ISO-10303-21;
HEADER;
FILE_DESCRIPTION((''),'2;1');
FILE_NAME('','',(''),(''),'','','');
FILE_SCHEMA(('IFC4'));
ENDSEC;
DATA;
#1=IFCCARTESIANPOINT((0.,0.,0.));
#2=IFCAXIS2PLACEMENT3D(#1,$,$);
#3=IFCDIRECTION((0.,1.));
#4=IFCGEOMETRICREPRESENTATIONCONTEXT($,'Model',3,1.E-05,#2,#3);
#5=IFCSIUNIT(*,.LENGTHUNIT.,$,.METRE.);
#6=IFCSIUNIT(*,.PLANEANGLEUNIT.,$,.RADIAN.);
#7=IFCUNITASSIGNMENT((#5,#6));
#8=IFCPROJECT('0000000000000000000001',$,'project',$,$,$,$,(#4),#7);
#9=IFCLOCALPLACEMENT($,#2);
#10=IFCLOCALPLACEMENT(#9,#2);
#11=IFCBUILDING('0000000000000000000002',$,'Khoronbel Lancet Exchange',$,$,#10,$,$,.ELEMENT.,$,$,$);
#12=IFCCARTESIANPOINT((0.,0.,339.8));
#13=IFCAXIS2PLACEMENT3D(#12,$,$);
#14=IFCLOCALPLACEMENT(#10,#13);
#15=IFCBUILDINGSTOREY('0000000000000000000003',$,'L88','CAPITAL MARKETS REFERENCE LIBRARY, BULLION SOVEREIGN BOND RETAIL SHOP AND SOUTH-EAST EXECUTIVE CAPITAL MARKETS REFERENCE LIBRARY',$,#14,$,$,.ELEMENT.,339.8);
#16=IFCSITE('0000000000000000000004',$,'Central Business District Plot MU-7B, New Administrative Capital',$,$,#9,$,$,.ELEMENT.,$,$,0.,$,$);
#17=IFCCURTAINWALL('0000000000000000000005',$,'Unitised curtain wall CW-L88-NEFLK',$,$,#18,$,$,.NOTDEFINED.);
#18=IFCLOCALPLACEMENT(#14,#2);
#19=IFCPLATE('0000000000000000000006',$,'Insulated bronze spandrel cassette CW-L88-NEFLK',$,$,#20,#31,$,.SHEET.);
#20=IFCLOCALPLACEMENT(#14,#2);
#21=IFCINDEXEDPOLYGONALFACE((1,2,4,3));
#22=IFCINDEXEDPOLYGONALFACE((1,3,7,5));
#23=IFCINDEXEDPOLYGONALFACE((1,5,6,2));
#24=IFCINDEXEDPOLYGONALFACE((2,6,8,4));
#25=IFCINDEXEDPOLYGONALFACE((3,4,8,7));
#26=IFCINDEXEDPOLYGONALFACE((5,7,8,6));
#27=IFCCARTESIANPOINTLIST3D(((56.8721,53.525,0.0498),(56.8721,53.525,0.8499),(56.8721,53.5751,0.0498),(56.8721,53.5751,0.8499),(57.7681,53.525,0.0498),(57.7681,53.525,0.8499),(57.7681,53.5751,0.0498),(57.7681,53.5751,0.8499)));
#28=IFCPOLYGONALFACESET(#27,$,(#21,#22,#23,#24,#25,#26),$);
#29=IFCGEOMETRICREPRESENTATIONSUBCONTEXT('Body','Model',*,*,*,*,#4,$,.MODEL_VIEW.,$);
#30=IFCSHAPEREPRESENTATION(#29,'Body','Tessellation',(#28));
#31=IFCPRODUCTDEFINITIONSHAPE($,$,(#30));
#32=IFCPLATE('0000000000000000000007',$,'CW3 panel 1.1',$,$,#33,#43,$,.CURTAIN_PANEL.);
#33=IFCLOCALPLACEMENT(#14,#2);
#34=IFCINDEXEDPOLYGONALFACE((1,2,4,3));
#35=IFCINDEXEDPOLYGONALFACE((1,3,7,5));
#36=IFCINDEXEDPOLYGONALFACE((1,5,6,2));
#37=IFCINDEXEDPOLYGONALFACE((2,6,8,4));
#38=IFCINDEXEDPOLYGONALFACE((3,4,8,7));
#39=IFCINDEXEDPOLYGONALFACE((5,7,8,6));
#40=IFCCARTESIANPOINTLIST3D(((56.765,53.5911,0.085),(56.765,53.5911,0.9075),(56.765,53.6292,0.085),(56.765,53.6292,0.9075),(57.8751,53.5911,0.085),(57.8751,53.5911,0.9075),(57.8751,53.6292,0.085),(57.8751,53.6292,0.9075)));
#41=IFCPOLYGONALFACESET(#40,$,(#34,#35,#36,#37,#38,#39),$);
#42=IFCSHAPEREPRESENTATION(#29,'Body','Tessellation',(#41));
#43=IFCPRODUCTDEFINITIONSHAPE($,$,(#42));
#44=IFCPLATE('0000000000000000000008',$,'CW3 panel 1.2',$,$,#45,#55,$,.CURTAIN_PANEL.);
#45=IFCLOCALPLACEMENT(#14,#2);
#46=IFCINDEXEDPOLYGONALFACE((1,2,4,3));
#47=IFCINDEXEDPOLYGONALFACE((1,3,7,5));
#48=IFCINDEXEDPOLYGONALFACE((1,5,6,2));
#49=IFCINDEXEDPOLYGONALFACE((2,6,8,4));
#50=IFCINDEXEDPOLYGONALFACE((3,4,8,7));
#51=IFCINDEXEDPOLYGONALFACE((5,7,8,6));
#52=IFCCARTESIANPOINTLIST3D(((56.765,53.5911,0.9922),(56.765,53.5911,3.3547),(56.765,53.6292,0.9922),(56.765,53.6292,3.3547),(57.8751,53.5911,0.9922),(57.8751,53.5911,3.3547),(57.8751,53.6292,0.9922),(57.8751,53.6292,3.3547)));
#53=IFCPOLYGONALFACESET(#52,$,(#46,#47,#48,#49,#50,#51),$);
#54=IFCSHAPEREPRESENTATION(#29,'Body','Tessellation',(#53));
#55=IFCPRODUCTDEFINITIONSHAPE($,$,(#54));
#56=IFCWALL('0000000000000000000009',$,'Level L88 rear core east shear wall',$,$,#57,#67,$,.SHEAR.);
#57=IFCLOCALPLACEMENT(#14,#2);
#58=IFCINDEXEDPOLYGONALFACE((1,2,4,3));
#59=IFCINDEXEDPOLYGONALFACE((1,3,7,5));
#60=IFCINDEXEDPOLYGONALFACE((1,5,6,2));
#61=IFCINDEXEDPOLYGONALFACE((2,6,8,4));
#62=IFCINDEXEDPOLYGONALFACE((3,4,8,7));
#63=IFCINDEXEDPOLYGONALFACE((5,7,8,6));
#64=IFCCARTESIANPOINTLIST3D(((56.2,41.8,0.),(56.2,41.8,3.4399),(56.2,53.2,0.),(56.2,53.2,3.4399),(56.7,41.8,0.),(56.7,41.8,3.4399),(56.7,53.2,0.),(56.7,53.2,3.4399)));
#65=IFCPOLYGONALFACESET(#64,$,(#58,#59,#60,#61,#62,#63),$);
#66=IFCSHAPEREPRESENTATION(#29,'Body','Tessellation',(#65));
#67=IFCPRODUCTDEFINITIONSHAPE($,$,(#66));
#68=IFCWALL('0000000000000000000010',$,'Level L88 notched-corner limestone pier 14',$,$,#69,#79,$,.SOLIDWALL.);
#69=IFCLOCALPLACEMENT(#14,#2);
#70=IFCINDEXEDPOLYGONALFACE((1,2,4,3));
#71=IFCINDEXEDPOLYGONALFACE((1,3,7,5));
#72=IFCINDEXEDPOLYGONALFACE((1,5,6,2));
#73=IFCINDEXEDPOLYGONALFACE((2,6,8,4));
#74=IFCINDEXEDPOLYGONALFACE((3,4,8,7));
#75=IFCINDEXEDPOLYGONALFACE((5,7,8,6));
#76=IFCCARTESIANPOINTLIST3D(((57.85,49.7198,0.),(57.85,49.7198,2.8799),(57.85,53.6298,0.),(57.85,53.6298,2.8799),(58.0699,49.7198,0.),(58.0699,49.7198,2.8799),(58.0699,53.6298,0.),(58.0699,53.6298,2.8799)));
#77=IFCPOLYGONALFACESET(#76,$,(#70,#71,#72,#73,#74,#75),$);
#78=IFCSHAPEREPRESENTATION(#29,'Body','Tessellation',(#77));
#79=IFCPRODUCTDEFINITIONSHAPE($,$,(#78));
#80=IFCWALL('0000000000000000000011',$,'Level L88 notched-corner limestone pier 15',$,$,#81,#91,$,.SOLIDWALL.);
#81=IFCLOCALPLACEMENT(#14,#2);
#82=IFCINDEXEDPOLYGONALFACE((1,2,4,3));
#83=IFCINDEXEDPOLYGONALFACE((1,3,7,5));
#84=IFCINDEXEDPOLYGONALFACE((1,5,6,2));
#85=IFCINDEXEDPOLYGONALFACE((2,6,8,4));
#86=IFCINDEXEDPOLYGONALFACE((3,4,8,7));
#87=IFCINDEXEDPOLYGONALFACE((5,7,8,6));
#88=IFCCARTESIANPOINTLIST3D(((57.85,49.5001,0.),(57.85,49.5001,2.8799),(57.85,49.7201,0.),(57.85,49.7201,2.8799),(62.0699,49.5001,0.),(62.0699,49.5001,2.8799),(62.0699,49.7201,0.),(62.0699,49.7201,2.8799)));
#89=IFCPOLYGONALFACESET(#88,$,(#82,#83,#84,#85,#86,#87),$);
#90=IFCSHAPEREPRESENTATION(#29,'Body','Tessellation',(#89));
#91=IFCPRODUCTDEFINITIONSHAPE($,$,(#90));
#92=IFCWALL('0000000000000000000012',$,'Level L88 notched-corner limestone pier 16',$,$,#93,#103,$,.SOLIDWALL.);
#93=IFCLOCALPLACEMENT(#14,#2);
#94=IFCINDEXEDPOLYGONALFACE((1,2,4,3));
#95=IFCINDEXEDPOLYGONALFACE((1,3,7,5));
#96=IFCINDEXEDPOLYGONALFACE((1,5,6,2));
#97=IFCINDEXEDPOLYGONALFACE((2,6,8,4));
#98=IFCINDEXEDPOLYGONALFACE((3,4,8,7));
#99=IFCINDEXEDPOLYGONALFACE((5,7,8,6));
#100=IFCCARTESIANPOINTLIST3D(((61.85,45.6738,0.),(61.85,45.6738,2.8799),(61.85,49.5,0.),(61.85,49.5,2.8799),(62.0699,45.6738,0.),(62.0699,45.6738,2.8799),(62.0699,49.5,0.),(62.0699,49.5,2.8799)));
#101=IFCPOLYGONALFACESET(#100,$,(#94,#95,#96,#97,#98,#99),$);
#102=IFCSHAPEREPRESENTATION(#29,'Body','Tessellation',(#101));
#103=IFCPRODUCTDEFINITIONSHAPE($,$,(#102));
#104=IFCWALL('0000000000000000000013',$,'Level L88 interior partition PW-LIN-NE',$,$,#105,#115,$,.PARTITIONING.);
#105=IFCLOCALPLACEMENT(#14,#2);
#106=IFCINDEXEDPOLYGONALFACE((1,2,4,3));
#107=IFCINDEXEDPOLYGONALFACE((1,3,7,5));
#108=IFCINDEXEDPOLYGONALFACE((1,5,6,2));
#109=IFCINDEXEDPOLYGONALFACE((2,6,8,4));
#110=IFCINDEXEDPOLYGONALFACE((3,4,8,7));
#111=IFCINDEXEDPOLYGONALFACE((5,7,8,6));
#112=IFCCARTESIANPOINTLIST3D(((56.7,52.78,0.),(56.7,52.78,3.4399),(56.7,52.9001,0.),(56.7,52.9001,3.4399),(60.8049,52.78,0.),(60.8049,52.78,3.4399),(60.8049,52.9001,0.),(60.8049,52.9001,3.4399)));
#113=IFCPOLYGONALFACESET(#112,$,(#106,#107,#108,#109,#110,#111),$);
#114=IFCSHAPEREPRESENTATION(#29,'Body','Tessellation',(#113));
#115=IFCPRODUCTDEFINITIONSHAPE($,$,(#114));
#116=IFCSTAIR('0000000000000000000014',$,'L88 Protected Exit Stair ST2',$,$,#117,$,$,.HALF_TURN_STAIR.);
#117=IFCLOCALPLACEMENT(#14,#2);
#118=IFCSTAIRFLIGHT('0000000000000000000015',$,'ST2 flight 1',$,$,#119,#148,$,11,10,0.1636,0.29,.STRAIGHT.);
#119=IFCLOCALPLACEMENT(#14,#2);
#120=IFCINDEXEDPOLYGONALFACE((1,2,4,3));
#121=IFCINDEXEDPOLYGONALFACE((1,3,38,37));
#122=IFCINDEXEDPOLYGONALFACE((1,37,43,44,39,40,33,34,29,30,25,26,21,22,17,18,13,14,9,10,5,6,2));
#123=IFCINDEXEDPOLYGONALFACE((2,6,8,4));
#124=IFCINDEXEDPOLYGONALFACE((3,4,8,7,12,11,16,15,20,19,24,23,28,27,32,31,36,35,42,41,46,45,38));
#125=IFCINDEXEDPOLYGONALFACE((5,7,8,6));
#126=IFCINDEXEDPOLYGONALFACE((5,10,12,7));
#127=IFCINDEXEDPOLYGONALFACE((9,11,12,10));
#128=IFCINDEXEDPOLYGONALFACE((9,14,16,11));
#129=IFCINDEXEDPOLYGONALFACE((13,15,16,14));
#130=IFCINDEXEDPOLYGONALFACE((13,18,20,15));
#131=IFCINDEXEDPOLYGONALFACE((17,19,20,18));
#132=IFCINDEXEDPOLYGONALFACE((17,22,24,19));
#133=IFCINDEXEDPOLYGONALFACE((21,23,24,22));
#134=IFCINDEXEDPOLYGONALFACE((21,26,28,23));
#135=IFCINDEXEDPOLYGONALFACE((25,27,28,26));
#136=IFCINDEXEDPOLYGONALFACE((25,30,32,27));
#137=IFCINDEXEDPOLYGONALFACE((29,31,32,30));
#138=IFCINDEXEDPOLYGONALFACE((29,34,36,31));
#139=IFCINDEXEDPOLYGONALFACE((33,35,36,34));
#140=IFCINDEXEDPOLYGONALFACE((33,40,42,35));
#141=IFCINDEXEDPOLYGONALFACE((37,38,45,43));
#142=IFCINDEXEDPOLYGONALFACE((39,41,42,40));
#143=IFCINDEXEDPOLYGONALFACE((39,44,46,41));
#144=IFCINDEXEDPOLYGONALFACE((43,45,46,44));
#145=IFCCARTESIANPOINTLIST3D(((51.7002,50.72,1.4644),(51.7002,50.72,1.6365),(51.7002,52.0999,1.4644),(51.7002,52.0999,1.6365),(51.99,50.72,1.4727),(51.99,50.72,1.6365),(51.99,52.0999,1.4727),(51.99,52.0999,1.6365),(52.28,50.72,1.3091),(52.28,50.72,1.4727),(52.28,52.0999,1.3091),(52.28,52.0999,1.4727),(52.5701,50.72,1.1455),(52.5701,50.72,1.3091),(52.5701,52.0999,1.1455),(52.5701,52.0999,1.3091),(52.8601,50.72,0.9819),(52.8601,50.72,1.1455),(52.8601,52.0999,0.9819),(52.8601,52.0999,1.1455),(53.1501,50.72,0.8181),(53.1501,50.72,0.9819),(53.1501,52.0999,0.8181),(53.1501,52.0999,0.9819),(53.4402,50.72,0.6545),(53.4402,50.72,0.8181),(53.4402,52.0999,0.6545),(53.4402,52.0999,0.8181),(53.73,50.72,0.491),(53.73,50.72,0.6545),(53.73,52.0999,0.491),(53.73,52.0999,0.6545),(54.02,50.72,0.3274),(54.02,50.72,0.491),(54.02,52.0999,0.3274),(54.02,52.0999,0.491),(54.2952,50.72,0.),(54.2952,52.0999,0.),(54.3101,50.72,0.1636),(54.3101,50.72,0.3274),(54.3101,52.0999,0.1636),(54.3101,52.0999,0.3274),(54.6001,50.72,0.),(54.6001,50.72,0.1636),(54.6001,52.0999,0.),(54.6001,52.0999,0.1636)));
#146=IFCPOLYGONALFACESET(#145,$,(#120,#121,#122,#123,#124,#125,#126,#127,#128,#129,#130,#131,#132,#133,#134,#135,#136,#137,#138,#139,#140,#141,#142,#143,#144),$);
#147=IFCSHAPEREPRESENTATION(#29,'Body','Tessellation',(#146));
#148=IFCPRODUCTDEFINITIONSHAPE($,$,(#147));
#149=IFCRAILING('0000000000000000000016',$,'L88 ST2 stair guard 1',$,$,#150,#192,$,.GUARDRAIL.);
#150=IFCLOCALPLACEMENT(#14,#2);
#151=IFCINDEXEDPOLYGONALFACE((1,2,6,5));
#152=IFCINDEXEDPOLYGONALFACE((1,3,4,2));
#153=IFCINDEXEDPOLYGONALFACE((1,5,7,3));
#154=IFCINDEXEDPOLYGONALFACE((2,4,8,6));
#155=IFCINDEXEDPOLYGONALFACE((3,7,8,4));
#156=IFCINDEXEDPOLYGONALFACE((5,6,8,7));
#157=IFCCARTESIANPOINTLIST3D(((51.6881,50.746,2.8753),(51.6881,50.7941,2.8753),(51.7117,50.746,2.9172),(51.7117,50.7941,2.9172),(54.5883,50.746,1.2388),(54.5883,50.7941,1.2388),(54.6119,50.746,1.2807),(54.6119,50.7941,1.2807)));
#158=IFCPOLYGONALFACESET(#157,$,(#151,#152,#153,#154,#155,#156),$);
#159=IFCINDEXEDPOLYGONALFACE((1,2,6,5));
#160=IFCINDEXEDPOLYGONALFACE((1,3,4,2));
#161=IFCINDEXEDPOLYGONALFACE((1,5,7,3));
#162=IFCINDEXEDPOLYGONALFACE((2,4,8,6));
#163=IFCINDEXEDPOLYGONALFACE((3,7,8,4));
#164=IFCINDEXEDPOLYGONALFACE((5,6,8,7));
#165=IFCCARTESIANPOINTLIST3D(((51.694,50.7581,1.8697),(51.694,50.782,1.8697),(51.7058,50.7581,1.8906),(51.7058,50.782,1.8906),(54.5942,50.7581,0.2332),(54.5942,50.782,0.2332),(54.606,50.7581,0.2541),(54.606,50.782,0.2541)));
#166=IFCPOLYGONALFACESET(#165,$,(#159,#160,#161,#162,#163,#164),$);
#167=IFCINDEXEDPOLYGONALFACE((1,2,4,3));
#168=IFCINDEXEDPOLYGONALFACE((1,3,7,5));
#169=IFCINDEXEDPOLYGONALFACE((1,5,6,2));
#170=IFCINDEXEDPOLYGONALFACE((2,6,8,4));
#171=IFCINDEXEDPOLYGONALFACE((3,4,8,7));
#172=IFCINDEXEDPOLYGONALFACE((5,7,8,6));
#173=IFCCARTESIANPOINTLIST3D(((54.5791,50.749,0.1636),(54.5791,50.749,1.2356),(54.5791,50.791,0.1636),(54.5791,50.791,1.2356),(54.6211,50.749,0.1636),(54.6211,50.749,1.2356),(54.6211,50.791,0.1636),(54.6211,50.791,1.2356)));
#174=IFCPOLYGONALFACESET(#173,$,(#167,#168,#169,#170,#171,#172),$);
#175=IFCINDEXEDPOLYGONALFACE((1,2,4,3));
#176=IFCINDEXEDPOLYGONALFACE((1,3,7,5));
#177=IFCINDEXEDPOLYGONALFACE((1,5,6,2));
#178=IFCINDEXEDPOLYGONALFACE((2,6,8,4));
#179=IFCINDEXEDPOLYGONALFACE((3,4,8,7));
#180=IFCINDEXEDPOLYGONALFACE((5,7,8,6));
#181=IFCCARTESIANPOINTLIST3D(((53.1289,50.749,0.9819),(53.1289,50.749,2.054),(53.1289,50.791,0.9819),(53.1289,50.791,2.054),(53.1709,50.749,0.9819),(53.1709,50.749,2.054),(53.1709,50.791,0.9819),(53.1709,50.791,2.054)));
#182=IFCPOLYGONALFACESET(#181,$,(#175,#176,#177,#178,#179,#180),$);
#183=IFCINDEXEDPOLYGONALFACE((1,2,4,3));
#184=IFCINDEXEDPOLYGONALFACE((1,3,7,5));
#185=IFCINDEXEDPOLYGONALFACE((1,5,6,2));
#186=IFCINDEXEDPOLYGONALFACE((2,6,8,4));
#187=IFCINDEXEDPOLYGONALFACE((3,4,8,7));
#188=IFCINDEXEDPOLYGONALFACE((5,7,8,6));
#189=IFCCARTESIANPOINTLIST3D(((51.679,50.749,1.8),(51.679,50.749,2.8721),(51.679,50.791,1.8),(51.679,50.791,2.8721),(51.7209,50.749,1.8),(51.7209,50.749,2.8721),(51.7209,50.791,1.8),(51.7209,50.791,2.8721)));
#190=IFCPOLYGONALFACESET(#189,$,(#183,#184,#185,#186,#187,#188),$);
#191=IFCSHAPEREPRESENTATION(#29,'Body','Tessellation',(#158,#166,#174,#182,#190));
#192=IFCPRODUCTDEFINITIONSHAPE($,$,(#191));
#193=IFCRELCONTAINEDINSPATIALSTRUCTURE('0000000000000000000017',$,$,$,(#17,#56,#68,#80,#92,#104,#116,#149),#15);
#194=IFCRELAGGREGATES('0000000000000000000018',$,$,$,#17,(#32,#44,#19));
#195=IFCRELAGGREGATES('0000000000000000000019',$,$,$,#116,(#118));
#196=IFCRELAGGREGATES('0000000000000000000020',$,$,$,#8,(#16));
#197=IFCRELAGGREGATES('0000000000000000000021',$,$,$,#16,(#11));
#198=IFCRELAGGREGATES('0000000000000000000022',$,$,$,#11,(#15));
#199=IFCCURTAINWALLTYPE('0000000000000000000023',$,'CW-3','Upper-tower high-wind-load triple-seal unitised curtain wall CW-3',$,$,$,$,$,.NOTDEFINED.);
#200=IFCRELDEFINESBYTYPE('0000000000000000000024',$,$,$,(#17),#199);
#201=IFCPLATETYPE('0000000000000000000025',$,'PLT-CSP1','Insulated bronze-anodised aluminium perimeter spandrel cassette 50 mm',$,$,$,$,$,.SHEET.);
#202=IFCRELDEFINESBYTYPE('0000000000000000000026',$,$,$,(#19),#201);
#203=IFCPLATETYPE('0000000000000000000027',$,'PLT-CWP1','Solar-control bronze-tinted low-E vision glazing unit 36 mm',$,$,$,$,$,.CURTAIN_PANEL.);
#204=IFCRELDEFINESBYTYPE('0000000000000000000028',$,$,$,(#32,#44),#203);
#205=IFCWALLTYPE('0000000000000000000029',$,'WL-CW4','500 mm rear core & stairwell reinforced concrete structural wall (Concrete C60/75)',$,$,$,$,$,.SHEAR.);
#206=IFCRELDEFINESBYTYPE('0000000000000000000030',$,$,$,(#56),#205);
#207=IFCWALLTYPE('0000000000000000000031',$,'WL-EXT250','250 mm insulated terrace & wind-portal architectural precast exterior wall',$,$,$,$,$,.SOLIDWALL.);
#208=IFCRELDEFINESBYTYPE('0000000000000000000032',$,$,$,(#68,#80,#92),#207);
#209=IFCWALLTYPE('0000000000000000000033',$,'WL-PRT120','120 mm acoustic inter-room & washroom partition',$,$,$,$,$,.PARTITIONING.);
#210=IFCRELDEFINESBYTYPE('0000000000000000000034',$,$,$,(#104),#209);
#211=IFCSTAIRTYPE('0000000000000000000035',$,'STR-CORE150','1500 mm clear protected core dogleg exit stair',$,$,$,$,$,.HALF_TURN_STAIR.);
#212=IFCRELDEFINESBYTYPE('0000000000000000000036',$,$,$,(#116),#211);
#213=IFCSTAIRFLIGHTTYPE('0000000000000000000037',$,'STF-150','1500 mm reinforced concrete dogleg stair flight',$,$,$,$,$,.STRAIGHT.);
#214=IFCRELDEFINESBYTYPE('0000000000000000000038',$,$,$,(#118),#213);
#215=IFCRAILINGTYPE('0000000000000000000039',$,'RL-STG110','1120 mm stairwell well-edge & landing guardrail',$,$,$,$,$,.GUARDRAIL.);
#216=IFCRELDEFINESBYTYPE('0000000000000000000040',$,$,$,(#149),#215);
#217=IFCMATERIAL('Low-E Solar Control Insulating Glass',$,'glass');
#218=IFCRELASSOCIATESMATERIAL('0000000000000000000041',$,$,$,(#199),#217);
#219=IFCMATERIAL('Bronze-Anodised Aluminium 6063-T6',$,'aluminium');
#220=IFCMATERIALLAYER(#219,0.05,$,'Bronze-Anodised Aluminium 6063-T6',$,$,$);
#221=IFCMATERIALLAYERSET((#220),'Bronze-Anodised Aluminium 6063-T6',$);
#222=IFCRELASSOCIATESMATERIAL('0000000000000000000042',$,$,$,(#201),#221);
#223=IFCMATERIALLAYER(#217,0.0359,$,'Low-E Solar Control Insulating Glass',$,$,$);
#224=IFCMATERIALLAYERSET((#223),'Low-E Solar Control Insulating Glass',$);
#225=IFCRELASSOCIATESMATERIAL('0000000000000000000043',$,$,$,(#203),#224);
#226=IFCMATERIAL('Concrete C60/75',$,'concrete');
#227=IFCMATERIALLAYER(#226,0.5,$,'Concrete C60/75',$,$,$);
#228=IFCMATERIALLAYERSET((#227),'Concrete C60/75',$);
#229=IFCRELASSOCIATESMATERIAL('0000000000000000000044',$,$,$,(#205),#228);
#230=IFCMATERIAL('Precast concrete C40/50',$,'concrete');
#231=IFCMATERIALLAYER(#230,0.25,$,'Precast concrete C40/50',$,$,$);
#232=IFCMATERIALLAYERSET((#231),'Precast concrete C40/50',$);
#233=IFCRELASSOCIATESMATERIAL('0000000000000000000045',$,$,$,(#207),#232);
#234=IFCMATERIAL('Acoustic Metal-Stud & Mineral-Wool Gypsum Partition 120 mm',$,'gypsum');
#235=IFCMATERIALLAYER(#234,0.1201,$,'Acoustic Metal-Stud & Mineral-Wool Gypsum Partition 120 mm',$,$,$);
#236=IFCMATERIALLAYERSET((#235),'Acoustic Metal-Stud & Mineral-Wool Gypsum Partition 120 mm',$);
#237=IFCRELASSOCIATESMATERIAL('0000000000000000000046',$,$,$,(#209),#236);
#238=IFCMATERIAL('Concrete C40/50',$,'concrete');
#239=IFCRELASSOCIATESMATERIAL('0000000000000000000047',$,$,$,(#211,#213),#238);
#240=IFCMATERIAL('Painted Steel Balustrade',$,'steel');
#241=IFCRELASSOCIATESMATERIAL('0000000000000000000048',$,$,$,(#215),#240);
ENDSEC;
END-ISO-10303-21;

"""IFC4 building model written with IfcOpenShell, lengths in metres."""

from ifc_helpers import new_model, si_unit, direction, frame, frame_2d, origin, origin_2d, place, context, subcontext, project, spatial, polyline, rectangle, outline, extrude, material, layer, layer_set, type_object, element, aggregate, save


model = new_model("IFC4")

# Units and contexts
model_context = context("Model", 3, precision=1e-05, world=origin(), true_north=direction((0.0, 1.0)))
body_context = subcontext(model_context, "Body", "Model", "MODEL_VIEW")
ifc_project = project(units=[si_unit("LENGTHUNIT", "METRE"), si_unit("PLANEANGLEUNIT", "RADIAN")], contexts=[model_context])

# Site, building, storey
site_placement = place(None, origin())
site = spatial("IfcSite", under=ifc_project, at=site_placement, Name="Central Business District Plot MU-7B, New Administrative Capital", CompositionType="ELEMENT", RefElevation=0.0)
building_placement = place(site_placement, origin())
building = spatial("IfcBuilding", under=site, at=building_placement, Name="Khoronbel Lancet Exchange", CompositionType="ELEMENT")
storey_placement = place(building_placement, frame((0.0, 0.0, 339.8)))
storey = spatial("IfcBuildingStorey", under=building, at=storey_placement, Name="L88", Description="CAPITAL MARKETS REFERENCE LIBRARY, BULLION SOVEREIGN BOND RETAIL SHOP AND SOUTH-EAST EXECUTIVE CAPITAL MARKETS REFERENCE LIBRARY", CompositionType="ELEMENT", Elevation=339.8)

# Curtain wall, plates
ifc_material_1 = material(Name="Low-E Solar Control Insulating Glass", Category="glass")
curtain_wall_type = type_object("IfcCurtainWallType", Name="CW-3", Description="Upper-tower high-wind-load triple-seal unitised curtain wall CW-3", PredefinedType="NOTDEFINED", material=ifc_material_1)
curtain_wall_placement = place(storey_placement, origin())
curtain_wall = element("IfcCurtainWall", 1, at=curtain_wall_placement, inside=storey, type_object=curtain_wall_type, Name="Unitised curtain wall CW-L88-NEFLK", PredefinedType="NOTDEFINED")
ifc_material_2 = material(Name="Bronze-Anodised Aluminium 6063-T6", Category="aluminium")
ifc_layer_1 = layer(ifc_material_2, 0.05, Name="Bronze-Anodised Aluminium 6063-T6")
ifc_layer_set_1 = layer_set([ifc_layer_1], Name="Bronze-Anodised Aluminium 6063-T6")
plate_type_1 = type_object("IfcPlateType", Name="PLT-CSP1", Description="Insulated bronze-anodised aluminium perimeter spandrel cassette 50 mm", PredefinedType="SHEET", material=ifc_layer_set_1)
plate_1_placement = place(storey_placement, frame((57.3201, 53.55, 0.0498), z_axis=(0.0, 0.0, 1.0), x_axis=(-1.0, 0.0, 0.0)))
plate_1 = element("IfcPlate", 2, at=plate_1_placement, type_object=plate_type_1, Name="Insulated bronze spandrel cassette CW-L88-NEFLK", PredefinedType="SHEET", context=body_context, shape_type="SweptSolid", body=[
    extrude(rectangle(XDim=0.896, YDim=0.05, at=origin_2d()), origin(), (0.0, 0.0, 1.0), 0.8),
])
ifc_layer_2 = layer(ifc_material_1, 0.0359, Name="Low-E Solar Control Insulating Glass")
ifc_layer_set_2 = layer_set([ifc_layer_2], Name="Low-E Solar Control Insulating Glass")
plate_type_2 = type_object("IfcPlateType", Name="PLT-CWP1", Description="Solar-control bronze-tinted low-E vision glazing unit 36 mm", PredefinedType="CURTAIN_PANEL", material=ifc_layer_set_2)
plate_2_placement = place(storey_placement, frame((57.3201, 53.6101, 0.085), z_axis=(0.0, 0.0, 1.0), x_axis=(-1.0, 0.0, 0.0)))
plate_2 = element("IfcPlate", 3, at=plate_2_placement, type_object=plate_type_2, Name="CW3 panel 1.1", PredefinedType="CURTAIN_PANEL", context=body_context, shape_type="SweptSolid", body=[
    extrude(rectangle(XDim=1.1101, YDim=0.0381, at=origin_2d()), origin(), (0.0, 0.0, 1.0), 0.8225),
])
plate_3_placement = place(storey_placement, frame((57.3201, 53.6101, 0.9922), z_axis=(0.0, 0.0, 1.0), x_axis=(-1.0, 0.0, 0.0)))
plate_3 = element("IfcPlate", 4, at=plate_3_placement, type_object=plate_type_2, Name="CW3 panel 1.2", PredefinedType="CURTAIN_PANEL", context=body_context, shape_type="SweptSolid", body=[
    extrude(rectangle(XDim=1.1101, YDim=0.0381, at=origin_2d()), origin(), (0.0, 0.0, 1.0), 2.3625),
])
aggregate(curtain_wall, [plate_2, plate_3, plate_1])

# Walls
ifc_material_3 = material(Name="Concrete C60/75", Category="concrete")
ifc_layer_3 = layer(ifc_material_3, 0.5, Name="Concrete C60/75")
ifc_layer_set_3 = layer_set([ifc_layer_3], Name="Concrete C60/75")
wall_type_1 = type_object("IfcWallType", Name="WL-CW4", Description="500 mm rear core & stairwell reinforced concrete structural wall (Concrete C60/75)", PredefinedType="SHEAR", material=ifc_layer_set_3)
wall_1_placement = place(storey_placement, frame((56.45, 53.2, 0.0), z_axis=(0.0, 0.0, 1.0), x_axis=(0.0, -1.0, 0.0)))
element("IfcWall", 5, at=wall_1_placement, inside=storey, type_object=wall_type_1, Name="Level L88 rear core east shear wall", PredefinedType="SHEAR", context=body_context, shape_type="SweptSolid", body=[
    extrude(rectangle(XDim=11.3999, YDim=0.5, at=frame_2d((5.7, 0.0))), origin(), (0.0, 0.0, 1.0), 3.4399),
])
ifc_material_4 = material(Name="Precast concrete C40/50", Category="concrete")
ifc_layer_4 = layer(ifc_material_4, 0.25, Name="Precast concrete C40/50")
ifc_layer_set_4 = layer_set([ifc_layer_4], Name="Precast concrete C40/50")
wall_type_2 = type_object("IfcWallType", Name="WL-EXT250", Description="250 mm insulated terrace & wind-portal architectural precast exterior wall", PredefinedType="SOLIDWALL", material=ifc_layer_set_4)
wall_2_placement = place(storey_placement, frame((57.96, 53.6299, 0.0), z_axis=(0.0, 0.0, 1.0), x_axis=(0.0, -1.0, 0.0)))
element("IfcWall", 6, at=wall_2_placement, inside=storey, type_object=wall_type_2, Name="Level L88 notched-corner limestone pier 14", PredefinedType="SOLIDWALL", context=body_context, shape_type="SweptSolid", body=[
    extrude(rectangle(XDim=3.9099, YDim=0.22, at=frame_2d((1.9551, 0.0))), origin(), (0.0, 0.0, 1.0), 2.8799),
])
wall_3_placement = place(storey_placement, frame((57.8501, 49.6101, 0.0), z_axis=(0.0, 0.0, 1.0), x_axis=(1.0, 0.0, 0.0)))
element("IfcWall", 7, at=wall_3_placement, inside=storey, type_object=wall_type_2, Name="Level L88 notched-corner limestone pier 15", PredefinedType="SOLIDWALL", context=body_context, shape_type="SweptSolid", body=[
    extrude(rectangle(XDim=4.22, YDim=0.22, at=frame_2d((2.1099, 0.0))), origin(), (0.0, 0.0, 1.0), 2.8799),
])
wall_4_placement = place(storey_placement, frame((61.96, 49.5, 0.0), z_axis=(0.0, 0.0, 1.0), x_axis=(0.0, -1.0, 0.0)))
element("IfcWall", 8, at=wall_4_placement, inside=storey, type_object=wall_type_2, Name="Level L88 notched-corner limestone pier 16", PredefinedType="SOLIDWALL", context=body_context, shape_type="SweptSolid", body=[
    extrude(rectangle(XDim=3.8262, YDim=0.22, at=frame_2d((1.9131, 0.0))), origin(), (0.0, 0.0, 1.0), 2.8799),
])
ifc_material_5 = material(Name="Acoustic Metal-Stud & Mineral-Wool Gypsum Partition 120 mm", Category="gypsum")
ifc_layer_5 = layer(ifc_material_5, 0.1201, Name="Acoustic Metal-Stud & Mineral-Wool Gypsum Partition 120 mm")
ifc_layer_set_5 = layer_set([ifc_layer_5], Name="Acoustic Metal-Stud & Mineral-Wool Gypsum Partition 120 mm")
wall_type_3 = type_object("IfcWallType", Name="WL-PRT120", Description="120 mm acoustic inter-room & washroom partition", PredefinedType="PARTITIONING", material=ifc_layer_set_5)
wall_5_placement = place(storey_placement, frame((56.7, 52.8401, 0.0), z_axis=(0.0, 0.0, 1.0), x_axis=(1.0, 0.0, 0.0)))
element("IfcWall", 9, at=wall_5_placement, inside=storey, type_object=wall_type_3, Name="Level L88 interior partition PW-LIN-NE", PredefinedType="PARTITIONING", context=body_context, shape_type="SweptSolid", body=[
    extrude(rectangle(XDim=4.105, YDim=0.1201, at=frame_2d((2.0525, 0.0))), origin(), (0.0, 0.0, 1.0), 3.4399),
])

# Stair, stair flight
ifc_material_6 = material(Name="Concrete C40/50", Category="concrete")
stair_type = type_object("IfcStairType", Name="STR-CORE150", Description="1500 mm clear protected core dogleg exit stair", PredefinedType="HALF_TURN_STAIR", material=ifc_material_6)
stair_placement = place(storey_placement, origin())
stair = element("IfcStair", 10, at=stair_placement, inside=storey, type_object=stair_type, Name="L88 Protected Exit Stair ST2", PredefinedType="HALF_TURN_STAIR")
stair_flight_type = type_object("IfcStairFlightType", Name="STF-150", Description="1500 mm reinforced concrete dogleg stair flight", PredefinedType="STRAIGHT", material=ifc_material_6)
stair_flight_placement = place(storey_placement, frame((54.6001, 51.4099, 0.0), z_axis=(0.0, 0.0, 1.0), x_axis=(-1.0, 0.0, 0.0)))
stair_flight = element("IfcStairFlight", 11, at=stair_flight_placement, type_object=stair_flight_type, Name="ST2 flight 1", NumberOfRisers=11, NumberOfTreads=10, PredefinedType="STRAIGHT", RiserHeight=0.1636, TreadLength=0.29, context=body_context, shape_type="SweptSolid", body=[
    extrude(outline(polyline([(0.0, 0.0), (0.0, 0.1636), (0.29, 0.1636), (0.29, 0.3274), (0.5801, 0.3274), (0.5801, 0.491), (0.8701, 0.491), (0.8701, 0.6545), (1.1599, 0.6545), (1.1599, 0.8181), (1.45, 0.8181), (1.45, 0.9819), (1.74, 0.9819), (1.74, 1.1455), (2.03, 1.1455), (2.03, 1.3091), (2.3201, 1.3091), (2.3201, 1.4727), (2.6101, 1.4727), (2.6101, 1.6365), (2.8999, 1.6365), (2.8999, 1.8), (2.8999, 1.4644), (0.3049, 0.0), (0.0, 0.0)])), frame((0.0, 0.6899, 0.0), z_axis=(0.0, -1.0, 0.0), x_axis=(1.0, 0.0, 0.0)), (0.0, 0.0, 1.0), 1.3799),
])
aggregate(stair, [stair_flight])

# Railing
ifc_material_7 = material(Name="Painted Steel Balustrade", Category="steel")
railing_type_1 = type_object("IfcRailingType", Name="RL-STG110", Description="1120 mm stairwell well-edge & landing guardrail", PredefinedType="GUARDRAIL", material=ifc_material_7)
railing_1_placement = place(storey_placement, frame((54.6001, 50.77, 0.1636)))
element("IfcRailing", 12, at=railing_1_placement, inside=storey, type_object=railing_type_1, Name="L88 ST2 stair guard 1", PredefinedType="GUARDRAIL", context=body_context, shape_type="SweptSolid", body=[
    extrude(rectangle(XDim=0.0481, YDim=0.0481, at=origin_2d()), frame((0.0, 0.0, 1.0962), z_axis=(-0.870915, 0.0, 0.491434), x_axis=(0.0, -1.0, 0.0)), (0.0, 0.0, 1.0), 3.3301),
    extrude(rectangle(XDim=0.0239, YDim=0.0239, at=origin_2d()), frame((0.0, 0.0, 0.0801), z_axis=(-0.870915, 0.0, 0.491434), x_axis=(0.0, -1.0, 0.0)), (0.0, 0.0, 1.0), 3.3301),
    extrude(rectangle(XDim=0.042, YDim=0.042, at=origin_2d()), origin(), (0.0, 0.0, 1.0), 1.072),
    extrude(rectangle(XDim=0.042, YDim=0.042, at=origin_2d()), frame((-1.4502, 0.0, 0.8184)), (0.0, 0.0, 1.0), 1.072),
    extrude(rectangle(XDim=0.042, YDim=0.042, at=origin_2d()), frame((-2.9001, 0.0, 1.6365)), (0.0, 0.0, 1.0), 1.072),
])

save(model, "model.ifc")
